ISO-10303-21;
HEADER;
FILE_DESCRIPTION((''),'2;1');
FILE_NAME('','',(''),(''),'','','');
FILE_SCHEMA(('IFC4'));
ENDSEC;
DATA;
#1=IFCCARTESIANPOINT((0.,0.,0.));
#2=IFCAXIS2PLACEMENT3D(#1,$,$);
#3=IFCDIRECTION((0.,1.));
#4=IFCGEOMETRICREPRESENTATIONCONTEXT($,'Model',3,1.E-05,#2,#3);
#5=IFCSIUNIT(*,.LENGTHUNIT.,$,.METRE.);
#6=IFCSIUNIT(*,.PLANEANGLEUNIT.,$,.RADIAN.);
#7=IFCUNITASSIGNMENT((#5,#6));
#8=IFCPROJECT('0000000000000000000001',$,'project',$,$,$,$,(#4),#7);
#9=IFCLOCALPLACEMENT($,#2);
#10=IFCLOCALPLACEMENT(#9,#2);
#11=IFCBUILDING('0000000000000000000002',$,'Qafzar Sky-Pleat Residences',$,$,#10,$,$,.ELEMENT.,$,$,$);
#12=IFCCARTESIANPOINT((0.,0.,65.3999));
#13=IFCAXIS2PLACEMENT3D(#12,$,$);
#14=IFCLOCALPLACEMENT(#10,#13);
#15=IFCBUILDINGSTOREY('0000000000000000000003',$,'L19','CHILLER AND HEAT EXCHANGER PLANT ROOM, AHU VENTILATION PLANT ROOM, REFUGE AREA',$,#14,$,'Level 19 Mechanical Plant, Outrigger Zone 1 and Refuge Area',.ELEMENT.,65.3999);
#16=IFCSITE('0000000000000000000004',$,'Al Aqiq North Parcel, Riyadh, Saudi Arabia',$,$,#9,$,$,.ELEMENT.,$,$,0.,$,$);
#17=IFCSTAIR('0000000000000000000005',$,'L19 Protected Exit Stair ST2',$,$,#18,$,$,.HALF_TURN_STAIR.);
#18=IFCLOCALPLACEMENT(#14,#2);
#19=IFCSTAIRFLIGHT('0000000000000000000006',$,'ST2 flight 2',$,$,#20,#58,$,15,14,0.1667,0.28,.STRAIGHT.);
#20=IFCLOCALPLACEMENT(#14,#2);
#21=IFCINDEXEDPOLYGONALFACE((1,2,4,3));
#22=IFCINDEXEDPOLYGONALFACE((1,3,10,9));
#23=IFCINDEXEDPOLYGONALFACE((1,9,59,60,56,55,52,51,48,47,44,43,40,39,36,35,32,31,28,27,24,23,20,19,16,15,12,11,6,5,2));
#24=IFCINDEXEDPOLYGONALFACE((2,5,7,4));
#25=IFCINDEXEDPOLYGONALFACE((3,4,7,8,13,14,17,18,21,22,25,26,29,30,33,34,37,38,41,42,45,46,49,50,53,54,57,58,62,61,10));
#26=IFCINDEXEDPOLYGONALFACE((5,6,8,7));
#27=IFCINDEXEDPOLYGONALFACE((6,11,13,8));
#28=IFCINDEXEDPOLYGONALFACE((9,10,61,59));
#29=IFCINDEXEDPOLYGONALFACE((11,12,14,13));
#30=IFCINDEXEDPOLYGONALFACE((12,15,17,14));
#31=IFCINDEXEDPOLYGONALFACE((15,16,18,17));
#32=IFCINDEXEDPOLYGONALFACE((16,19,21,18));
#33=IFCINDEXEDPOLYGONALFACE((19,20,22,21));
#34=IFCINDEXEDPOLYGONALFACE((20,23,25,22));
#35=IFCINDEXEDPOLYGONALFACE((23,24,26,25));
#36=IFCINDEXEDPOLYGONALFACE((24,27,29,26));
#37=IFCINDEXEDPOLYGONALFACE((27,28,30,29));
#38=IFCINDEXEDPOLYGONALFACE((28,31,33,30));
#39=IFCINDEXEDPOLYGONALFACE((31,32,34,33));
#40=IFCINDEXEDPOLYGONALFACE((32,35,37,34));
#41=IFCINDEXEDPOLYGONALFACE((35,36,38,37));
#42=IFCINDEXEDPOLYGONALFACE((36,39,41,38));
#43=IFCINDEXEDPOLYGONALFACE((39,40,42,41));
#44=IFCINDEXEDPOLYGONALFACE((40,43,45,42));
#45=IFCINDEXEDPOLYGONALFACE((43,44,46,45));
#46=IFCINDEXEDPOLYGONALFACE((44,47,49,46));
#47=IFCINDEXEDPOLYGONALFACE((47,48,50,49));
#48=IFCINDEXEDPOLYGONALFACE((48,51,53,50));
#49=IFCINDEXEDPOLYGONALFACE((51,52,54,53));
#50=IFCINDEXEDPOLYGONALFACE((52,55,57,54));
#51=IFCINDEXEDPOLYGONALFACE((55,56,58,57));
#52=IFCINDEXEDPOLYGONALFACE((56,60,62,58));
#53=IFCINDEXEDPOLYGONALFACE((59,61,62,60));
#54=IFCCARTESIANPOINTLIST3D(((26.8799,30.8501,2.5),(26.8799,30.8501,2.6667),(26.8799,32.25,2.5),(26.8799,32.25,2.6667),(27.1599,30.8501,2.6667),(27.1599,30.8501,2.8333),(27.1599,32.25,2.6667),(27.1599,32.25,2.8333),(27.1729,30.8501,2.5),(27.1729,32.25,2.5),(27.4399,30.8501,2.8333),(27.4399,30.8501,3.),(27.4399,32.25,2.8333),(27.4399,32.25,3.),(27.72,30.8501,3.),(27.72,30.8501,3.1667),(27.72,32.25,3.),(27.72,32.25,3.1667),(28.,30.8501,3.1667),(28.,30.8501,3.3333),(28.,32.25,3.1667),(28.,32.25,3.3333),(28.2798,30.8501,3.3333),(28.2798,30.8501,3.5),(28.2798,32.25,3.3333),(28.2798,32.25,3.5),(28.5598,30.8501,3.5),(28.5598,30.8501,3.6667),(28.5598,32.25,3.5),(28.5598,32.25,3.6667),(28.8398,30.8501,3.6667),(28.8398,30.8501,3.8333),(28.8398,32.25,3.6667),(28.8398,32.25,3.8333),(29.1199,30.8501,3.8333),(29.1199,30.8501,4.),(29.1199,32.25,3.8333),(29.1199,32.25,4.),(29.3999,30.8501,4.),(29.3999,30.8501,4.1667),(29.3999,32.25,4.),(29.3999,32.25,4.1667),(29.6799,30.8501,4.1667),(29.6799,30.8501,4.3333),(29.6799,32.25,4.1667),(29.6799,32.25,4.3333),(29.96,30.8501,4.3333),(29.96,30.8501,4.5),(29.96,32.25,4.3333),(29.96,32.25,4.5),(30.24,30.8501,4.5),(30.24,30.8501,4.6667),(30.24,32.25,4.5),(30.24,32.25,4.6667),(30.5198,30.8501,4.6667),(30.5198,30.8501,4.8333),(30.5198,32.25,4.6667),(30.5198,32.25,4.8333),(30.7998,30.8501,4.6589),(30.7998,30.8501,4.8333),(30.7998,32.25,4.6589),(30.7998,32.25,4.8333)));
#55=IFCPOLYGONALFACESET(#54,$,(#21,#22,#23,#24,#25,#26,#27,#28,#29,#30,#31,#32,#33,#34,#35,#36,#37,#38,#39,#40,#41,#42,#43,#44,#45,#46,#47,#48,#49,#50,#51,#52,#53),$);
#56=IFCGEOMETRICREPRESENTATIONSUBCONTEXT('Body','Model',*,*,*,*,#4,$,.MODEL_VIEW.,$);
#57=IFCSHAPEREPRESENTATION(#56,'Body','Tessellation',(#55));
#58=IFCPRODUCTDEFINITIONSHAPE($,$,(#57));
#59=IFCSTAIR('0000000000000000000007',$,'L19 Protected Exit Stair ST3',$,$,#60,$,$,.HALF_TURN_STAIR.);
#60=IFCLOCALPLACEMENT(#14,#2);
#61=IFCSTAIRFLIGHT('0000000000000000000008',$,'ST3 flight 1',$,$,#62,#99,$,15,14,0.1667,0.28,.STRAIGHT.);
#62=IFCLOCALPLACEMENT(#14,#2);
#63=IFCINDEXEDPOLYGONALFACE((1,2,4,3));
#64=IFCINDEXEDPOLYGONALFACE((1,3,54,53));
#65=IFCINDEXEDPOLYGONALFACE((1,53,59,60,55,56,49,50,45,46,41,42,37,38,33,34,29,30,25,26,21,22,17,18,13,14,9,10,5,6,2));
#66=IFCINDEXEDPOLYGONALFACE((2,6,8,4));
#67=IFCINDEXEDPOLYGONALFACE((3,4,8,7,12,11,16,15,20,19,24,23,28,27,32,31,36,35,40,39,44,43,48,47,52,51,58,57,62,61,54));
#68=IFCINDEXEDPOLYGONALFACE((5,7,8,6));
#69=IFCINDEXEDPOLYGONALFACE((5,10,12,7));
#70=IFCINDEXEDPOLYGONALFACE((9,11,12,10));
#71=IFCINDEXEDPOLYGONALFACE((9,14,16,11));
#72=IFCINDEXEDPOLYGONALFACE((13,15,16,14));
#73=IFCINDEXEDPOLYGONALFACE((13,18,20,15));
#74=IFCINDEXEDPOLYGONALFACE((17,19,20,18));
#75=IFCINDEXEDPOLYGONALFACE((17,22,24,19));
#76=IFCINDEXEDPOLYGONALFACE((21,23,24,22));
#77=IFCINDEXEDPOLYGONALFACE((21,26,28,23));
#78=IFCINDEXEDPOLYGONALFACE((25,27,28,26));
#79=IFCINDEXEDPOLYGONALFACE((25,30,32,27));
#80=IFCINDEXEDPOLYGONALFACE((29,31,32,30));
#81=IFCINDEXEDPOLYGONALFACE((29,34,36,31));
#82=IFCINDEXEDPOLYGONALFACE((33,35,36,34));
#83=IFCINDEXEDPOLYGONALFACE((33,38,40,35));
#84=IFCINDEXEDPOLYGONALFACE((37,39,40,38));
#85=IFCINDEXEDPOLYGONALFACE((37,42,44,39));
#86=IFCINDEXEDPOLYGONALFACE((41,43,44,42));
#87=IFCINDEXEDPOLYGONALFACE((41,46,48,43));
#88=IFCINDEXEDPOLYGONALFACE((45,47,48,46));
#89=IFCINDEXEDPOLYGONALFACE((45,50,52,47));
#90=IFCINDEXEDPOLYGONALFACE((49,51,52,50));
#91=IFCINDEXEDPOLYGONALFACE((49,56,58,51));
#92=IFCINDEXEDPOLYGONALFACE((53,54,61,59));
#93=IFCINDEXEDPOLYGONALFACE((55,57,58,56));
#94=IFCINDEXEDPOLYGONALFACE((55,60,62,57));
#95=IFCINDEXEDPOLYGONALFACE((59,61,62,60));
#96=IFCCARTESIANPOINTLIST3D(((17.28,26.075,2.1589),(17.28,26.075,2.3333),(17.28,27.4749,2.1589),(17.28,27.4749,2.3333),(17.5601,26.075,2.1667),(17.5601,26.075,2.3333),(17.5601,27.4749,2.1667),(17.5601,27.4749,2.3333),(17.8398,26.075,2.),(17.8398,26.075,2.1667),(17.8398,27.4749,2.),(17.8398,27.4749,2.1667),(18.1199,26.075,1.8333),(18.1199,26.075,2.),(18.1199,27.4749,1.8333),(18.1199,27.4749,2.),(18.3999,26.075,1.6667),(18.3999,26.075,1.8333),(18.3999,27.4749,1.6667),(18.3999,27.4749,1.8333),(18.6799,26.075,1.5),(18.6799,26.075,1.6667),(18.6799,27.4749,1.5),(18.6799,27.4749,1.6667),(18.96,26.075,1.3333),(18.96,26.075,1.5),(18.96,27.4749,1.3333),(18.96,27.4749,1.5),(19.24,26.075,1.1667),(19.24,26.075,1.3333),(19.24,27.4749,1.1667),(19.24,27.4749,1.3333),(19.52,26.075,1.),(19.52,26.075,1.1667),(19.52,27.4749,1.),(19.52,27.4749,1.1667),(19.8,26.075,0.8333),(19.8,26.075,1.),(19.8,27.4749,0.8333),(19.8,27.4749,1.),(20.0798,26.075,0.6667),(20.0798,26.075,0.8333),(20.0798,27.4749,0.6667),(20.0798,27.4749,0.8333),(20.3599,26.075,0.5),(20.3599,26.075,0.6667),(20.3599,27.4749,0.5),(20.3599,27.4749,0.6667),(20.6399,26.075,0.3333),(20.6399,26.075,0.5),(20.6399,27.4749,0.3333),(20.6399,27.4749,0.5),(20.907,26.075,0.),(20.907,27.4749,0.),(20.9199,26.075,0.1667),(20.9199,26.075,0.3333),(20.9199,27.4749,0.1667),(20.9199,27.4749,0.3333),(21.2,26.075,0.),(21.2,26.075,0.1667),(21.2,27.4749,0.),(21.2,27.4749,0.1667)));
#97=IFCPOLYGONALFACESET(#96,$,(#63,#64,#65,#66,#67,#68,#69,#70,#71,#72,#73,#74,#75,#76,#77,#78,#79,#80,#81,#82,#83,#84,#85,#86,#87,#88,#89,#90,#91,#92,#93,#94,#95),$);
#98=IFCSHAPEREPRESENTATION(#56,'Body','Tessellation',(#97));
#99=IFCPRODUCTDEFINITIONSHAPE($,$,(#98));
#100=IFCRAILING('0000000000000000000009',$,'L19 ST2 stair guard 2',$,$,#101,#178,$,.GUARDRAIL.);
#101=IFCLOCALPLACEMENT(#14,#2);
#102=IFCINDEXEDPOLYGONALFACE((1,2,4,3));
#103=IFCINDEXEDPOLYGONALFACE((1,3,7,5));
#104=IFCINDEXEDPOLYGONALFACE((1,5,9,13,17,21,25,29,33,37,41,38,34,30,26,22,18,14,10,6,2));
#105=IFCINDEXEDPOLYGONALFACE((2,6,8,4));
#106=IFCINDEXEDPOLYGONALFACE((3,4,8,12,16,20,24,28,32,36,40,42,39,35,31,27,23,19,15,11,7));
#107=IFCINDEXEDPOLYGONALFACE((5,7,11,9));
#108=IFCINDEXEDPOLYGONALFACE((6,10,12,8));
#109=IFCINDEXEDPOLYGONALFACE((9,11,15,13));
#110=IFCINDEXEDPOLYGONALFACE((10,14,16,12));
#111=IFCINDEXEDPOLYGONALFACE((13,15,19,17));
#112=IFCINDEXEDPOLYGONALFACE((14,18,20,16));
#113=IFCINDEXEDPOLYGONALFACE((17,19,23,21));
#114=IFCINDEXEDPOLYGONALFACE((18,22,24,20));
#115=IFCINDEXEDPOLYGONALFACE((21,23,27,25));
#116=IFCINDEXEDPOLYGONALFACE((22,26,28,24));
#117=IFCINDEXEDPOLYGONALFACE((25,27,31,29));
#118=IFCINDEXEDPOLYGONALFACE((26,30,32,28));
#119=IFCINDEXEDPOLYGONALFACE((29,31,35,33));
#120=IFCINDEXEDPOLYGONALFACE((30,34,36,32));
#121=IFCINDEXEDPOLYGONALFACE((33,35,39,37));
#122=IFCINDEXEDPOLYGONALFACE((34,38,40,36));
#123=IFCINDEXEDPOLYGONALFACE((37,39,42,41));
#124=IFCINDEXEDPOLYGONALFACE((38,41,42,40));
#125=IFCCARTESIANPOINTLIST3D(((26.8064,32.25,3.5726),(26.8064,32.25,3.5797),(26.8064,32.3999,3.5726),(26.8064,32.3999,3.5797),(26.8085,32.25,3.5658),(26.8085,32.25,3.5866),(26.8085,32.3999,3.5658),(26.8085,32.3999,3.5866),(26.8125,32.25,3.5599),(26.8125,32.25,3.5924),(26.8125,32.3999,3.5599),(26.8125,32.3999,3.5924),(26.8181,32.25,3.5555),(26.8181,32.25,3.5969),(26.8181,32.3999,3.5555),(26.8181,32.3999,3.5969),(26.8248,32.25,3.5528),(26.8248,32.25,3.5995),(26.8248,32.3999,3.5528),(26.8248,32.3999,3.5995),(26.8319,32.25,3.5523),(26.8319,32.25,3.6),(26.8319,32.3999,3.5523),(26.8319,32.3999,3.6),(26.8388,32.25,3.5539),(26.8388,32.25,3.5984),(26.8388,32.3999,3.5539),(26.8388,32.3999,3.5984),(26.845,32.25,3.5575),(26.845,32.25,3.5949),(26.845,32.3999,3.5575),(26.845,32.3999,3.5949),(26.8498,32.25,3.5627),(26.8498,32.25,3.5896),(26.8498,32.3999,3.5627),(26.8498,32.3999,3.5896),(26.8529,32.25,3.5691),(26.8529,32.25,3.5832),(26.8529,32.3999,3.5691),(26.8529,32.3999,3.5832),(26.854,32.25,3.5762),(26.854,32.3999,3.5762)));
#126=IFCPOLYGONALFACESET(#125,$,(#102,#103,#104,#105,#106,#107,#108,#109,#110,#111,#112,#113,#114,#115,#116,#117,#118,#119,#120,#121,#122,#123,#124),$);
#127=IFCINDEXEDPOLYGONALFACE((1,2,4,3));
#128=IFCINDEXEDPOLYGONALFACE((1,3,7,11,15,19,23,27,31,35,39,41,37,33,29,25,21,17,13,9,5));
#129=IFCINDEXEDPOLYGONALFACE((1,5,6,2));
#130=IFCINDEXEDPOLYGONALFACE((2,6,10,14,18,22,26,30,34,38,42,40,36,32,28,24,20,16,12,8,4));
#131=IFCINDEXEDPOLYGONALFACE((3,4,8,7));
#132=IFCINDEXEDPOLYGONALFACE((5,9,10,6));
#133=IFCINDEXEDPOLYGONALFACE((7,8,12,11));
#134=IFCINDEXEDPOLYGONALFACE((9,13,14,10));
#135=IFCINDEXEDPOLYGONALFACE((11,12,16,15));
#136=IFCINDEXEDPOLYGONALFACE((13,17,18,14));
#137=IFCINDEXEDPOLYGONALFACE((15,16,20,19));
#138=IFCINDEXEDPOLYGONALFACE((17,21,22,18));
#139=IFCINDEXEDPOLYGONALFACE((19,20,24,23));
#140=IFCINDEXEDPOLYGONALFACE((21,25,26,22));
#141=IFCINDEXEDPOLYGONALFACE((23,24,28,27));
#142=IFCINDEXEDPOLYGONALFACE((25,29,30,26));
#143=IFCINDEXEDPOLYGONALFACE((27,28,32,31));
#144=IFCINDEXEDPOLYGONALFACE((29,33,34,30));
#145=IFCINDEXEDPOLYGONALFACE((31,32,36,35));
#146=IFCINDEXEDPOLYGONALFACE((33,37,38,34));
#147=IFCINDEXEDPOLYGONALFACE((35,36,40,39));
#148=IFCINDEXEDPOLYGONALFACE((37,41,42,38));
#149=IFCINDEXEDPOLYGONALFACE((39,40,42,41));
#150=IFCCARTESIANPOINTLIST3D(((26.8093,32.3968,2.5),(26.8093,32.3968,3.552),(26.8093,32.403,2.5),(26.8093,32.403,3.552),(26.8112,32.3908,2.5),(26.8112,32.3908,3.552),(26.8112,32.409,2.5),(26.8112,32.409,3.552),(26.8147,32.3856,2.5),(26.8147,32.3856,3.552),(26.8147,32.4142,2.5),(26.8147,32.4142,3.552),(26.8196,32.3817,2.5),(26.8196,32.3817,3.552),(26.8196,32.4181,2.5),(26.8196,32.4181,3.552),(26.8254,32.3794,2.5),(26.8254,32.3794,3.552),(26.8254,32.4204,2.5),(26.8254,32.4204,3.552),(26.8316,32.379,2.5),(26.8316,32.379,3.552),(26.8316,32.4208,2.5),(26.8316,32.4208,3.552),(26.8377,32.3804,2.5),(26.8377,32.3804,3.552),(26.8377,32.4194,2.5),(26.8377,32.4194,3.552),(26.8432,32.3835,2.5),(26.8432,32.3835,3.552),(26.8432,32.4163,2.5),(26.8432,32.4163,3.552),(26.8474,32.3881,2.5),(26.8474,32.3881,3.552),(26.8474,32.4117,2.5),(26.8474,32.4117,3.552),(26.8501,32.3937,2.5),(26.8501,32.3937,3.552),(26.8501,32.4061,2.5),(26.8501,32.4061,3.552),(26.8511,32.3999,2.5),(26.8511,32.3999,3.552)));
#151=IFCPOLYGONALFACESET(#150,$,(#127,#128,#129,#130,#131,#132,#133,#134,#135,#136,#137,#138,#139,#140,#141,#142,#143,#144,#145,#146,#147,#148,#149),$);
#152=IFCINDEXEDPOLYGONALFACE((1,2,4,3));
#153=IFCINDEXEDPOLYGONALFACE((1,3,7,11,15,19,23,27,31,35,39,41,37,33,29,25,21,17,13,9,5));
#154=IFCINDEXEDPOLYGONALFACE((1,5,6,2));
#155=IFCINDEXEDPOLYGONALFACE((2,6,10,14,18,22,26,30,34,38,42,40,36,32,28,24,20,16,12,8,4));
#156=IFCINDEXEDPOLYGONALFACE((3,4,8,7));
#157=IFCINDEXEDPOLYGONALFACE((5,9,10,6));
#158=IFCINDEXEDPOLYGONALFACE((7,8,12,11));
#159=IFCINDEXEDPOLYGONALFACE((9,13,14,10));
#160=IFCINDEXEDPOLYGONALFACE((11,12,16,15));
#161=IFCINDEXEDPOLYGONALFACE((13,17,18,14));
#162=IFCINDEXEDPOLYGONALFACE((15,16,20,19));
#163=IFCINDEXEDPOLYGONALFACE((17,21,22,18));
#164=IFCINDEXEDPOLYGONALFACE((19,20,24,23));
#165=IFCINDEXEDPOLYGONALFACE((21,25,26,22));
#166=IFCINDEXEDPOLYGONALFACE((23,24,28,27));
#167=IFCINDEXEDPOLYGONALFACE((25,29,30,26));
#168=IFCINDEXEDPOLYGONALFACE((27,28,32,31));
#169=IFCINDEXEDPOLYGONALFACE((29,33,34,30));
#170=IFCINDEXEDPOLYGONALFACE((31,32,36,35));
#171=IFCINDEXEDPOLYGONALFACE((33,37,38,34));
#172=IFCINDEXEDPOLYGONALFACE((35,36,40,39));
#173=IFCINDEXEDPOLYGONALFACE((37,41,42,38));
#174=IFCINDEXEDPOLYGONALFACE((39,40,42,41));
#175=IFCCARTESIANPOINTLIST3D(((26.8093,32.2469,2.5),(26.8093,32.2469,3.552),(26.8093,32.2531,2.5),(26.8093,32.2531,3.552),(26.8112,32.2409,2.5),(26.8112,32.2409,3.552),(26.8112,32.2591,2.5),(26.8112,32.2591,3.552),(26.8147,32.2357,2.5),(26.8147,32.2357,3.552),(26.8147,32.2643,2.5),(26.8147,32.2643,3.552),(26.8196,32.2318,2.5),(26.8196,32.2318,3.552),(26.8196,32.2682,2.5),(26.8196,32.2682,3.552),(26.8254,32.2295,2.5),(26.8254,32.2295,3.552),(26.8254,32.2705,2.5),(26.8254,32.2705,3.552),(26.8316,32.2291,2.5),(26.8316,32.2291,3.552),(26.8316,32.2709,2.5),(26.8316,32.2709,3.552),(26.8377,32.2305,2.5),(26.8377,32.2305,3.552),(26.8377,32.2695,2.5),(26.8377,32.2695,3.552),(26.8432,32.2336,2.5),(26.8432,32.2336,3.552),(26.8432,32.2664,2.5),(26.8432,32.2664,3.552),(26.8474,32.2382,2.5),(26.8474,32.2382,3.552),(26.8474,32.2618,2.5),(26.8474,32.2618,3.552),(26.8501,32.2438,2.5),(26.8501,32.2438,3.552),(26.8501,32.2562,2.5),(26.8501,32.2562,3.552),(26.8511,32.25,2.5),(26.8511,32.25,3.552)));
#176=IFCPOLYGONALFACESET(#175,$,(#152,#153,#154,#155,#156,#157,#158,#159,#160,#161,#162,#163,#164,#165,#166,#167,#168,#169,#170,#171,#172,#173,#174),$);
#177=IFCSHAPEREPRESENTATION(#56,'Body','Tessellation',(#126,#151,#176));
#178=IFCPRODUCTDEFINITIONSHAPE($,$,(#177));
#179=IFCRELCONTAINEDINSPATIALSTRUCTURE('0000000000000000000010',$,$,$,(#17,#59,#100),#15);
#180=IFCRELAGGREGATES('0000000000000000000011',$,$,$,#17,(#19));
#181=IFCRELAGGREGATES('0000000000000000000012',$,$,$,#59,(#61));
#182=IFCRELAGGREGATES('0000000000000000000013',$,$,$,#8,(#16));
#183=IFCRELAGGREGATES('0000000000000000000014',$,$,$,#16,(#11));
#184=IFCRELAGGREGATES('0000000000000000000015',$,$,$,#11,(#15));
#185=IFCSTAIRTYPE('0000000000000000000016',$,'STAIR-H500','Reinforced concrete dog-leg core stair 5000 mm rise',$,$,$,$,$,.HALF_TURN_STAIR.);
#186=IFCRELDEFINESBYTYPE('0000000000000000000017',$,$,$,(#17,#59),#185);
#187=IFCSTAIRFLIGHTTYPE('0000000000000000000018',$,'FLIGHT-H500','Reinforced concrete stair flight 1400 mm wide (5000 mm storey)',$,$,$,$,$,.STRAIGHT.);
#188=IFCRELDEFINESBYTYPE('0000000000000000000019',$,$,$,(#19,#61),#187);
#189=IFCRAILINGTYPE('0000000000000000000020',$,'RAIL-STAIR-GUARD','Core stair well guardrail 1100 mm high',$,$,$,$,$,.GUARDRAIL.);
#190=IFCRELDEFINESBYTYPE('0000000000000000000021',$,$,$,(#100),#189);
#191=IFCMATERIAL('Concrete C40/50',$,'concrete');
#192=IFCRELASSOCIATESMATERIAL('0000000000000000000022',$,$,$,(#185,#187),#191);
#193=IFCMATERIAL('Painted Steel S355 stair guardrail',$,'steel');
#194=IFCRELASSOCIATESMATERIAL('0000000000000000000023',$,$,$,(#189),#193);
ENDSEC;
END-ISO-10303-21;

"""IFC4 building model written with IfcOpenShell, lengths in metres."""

from ifc_helpers import new_model, si_unit, direction, frame, origin, origin_2d, place, context, subcontext, project, spatial, polyline, circle, outline, extrude, source, transform, mapped, material, type_object, element, aggregate, save


model = new_model("IFC4")

# Units and contexts
model_context = context("Model", 3, precision=1e-05, world=origin(), true_north=direction((0.0, 1.0)))
body_context = subcontext(model_context, "Body", "Model", "MODEL_VIEW")
ifc_project = project(units=[si_unit("LENGTHUNIT", "METRE"), si_unit("PLANEANGLEUNIT", "RADIAN")], contexts=[model_context])

# Site, building, storey
site_placement = place(None, origin())
site = spatial("IfcSite", under=ifc_project, at=site_placement, Name="Al Aqiq North Parcel, Riyadh, Saudi Arabia", CompositionType="ELEMENT", RefElevation=0.0)
building_placement = place(site_placement, origin())
building = spatial("IfcBuilding", under=site, at=building_placement, Name="Qafzar Sky-Pleat Residences", CompositionType="ELEMENT")
storey_placement = place(building_placement, frame((0.0, 0.0, 65.3999)))
storey = spatial("IfcBuildingStorey", under=building, at=storey_placement, Name="L19", Description="CHILLER AND HEAT EXCHANGER PLANT ROOM, AHU VENTILATION PLANT ROOM, REFUGE AREA", LongName="Level 19 Mechanical Plant, Outrigger Zone 1 and Refuge Area", CompositionType="ELEMENT", Elevation=65.3999)

# Stairs, stair flights
ifc_material_1 = material(Name="Concrete C40/50", Category="concrete")
stair_type = type_object("IfcStairType", Name="STAIR-H500", Description="Reinforced concrete dog-leg core stair 5000 mm rise", PredefinedType="HALF_TURN_STAIR", material=ifc_material_1)
stair_1_placement = place(storey_placement, origin())
stair_1 = element("IfcStair", 1, at=stair_1_placement, inside=storey, type_object=stair_type, Name="L19 Protected Exit Stair ST2", PredefinedType="HALF_TURN_STAIR")
stair_flight_type = type_object("IfcStairFlightType", Name="FLIGHT-H500", Description="Reinforced concrete stair flight 1400 mm wide (5000 mm storey)", PredefinedType="STRAIGHT", material=ifc_material_1)
shared_shape_1 = source(origin(), body_context, "Body", "SweptSolid", [
    extrude(outline(polyline([(0.0, 0.0), (0.0, 0.1667), (0.28, 0.1667), (0.28, 0.3333), (0.5601, 0.3333), (0.5601, 0.5), (0.8401, 0.5), (0.8401, 0.6667), (1.1201, 0.6667), (1.1201, 0.8333), (1.3999, 0.8333), (1.3999, 1.0), (1.6799, 1.0), (1.6799, 1.1667), (1.96, 1.1667), (1.96, 1.3333), (2.24, 1.3333), (2.24, 1.5), (2.52, 1.5), (2.52, 1.6667), (2.8, 1.6667), (2.8, 1.8333), (3.0801, 1.8333), (3.0801, 2.0), (3.3601, 2.0), (3.3601, 2.1667), (3.6399, 2.1667), (3.6399, 2.3333), (3.9199, 2.3333), (3.9199, 2.5), (3.9199, 2.1589), (0.293, 0.0), (0.0, 0.0)])), frame((0.0, 0.7, 0.0), z_axis=(0.0, -1.0, 0.0), x_axis=(1.0, 0.0, 0.0)), (0.0, 0.0, 1.0), 1.3999),
])
stair_flight_1_placement = place(storey_placement, frame((26.8799, 31.55, 2.5), z_axis=(0.0, 0.0, 1.0), x_axis=(1.0, 0.0, 0.0)))
stair_flight_1 = element("IfcStairFlight", 2, at=stair_flight_1_placement, type_object=stair_flight_type, Name="ST2 flight 2", NumberOfRisers=15, NumberOfTreads=14, PredefinedType="STRAIGHT", RiserHeight=0.1667, TreadLength=0.28, context=body_context, shape_type="MappedRepresentation", body=[
    mapped(shared_shape_1, transform((0.0, 0.0, 0.0), x_axis=(1.0, 0.0, 0.0), y_axis=(0.0, 1.0, 0.0), z_axis=(0.0, 0.0, 1.0), scale=1.0)),
])
aggregate(stair_1, [stair_flight_1])
stair_2_placement = place(storey_placement, origin())
stair_2 = element("IfcStair", 3, at=stair_2_placement, inside=storey, type_object=stair_type, Name="L19 Protected Exit Stair ST3", PredefinedType="HALF_TURN_STAIR")
stair_flight_2_placement = place(storey_placement, frame((21.2, 26.7749, 0.0), z_axis=(0.0, 0.0, 1.0), x_axis=(-1.0, 0.0, 0.0)))
stair_flight_2 = element("IfcStairFlight", 4, at=stair_flight_2_placement, type_object=stair_flight_type, Name="ST3 flight 1", NumberOfRisers=15, NumberOfTreads=14, PredefinedType="STRAIGHT", RiserHeight=0.1667, TreadLength=0.28, context=body_context, shape_type="MappedRepresentation", body=[
    mapped(shared_shape_1, transform((0.0, 0.0, 0.0), x_axis=(1.0, 0.0, 0.0), y_axis=(0.0, 1.0, 0.0), z_axis=(0.0, 0.0, 1.0), scale=1.0)),
])
aggregate(stair_2, [stair_flight_2])

# Railing
ifc_material_2 = material(Name="Painted Steel S355 stair guardrail", Category="steel")
railing_type_1 = type_object("IfcRailingType", Name="RAIL-STAIR-GUARD", Description="Core stair well guardrail 1100 mm high", PredefinedType="GUARDRAIL", material=ifc_material_2)
shared_shape_2 = source(origin(), body_context, "Body", "SweptSolid", [
    extrude(circle(Radius=0.0239, at=origin_2d()), frame((0.0, 0.0, 1.0762), z_axis=(0.0, -1.0, 0.0), x_axis=(1.0, 0.0, 0.0)), (0.0, 0.0, 1.0), 0.1499),
    extrude(circle(Radius=0.021, at=origin_2d()), origin(), (0.0, 0.0, 1.0), 1.052),
    extrude(circle(Radius=0.021, at=origin_2d()), frame((0.0, -0.1499, 0.0)), (0.0, 0.0, 1.0), 1.052),
])
for number, where, name in (
    (5, (26.8301, 32.3999, 2.5), "L19 ST2 stair guard 2"),
):
    element("IfcRailing", number, at=place(storey_placement, frame(where)), inside=storey, type_object=railing_type_1, Name=name, PredefinedType="GUARDRAIL", context=body_context, shape_type="MappedRepresentation", body=[
        mapped(shared_shape_2, transform((0.0, 0.0, 0.0), x_axis=(1.0, 0.0, 0.0), y_axis=(0.0, 1.0, 0.0), z_axis=(0.0, 0.0, 1.0), scale=1.0)),
    ])

save(model, "model.ifc")
